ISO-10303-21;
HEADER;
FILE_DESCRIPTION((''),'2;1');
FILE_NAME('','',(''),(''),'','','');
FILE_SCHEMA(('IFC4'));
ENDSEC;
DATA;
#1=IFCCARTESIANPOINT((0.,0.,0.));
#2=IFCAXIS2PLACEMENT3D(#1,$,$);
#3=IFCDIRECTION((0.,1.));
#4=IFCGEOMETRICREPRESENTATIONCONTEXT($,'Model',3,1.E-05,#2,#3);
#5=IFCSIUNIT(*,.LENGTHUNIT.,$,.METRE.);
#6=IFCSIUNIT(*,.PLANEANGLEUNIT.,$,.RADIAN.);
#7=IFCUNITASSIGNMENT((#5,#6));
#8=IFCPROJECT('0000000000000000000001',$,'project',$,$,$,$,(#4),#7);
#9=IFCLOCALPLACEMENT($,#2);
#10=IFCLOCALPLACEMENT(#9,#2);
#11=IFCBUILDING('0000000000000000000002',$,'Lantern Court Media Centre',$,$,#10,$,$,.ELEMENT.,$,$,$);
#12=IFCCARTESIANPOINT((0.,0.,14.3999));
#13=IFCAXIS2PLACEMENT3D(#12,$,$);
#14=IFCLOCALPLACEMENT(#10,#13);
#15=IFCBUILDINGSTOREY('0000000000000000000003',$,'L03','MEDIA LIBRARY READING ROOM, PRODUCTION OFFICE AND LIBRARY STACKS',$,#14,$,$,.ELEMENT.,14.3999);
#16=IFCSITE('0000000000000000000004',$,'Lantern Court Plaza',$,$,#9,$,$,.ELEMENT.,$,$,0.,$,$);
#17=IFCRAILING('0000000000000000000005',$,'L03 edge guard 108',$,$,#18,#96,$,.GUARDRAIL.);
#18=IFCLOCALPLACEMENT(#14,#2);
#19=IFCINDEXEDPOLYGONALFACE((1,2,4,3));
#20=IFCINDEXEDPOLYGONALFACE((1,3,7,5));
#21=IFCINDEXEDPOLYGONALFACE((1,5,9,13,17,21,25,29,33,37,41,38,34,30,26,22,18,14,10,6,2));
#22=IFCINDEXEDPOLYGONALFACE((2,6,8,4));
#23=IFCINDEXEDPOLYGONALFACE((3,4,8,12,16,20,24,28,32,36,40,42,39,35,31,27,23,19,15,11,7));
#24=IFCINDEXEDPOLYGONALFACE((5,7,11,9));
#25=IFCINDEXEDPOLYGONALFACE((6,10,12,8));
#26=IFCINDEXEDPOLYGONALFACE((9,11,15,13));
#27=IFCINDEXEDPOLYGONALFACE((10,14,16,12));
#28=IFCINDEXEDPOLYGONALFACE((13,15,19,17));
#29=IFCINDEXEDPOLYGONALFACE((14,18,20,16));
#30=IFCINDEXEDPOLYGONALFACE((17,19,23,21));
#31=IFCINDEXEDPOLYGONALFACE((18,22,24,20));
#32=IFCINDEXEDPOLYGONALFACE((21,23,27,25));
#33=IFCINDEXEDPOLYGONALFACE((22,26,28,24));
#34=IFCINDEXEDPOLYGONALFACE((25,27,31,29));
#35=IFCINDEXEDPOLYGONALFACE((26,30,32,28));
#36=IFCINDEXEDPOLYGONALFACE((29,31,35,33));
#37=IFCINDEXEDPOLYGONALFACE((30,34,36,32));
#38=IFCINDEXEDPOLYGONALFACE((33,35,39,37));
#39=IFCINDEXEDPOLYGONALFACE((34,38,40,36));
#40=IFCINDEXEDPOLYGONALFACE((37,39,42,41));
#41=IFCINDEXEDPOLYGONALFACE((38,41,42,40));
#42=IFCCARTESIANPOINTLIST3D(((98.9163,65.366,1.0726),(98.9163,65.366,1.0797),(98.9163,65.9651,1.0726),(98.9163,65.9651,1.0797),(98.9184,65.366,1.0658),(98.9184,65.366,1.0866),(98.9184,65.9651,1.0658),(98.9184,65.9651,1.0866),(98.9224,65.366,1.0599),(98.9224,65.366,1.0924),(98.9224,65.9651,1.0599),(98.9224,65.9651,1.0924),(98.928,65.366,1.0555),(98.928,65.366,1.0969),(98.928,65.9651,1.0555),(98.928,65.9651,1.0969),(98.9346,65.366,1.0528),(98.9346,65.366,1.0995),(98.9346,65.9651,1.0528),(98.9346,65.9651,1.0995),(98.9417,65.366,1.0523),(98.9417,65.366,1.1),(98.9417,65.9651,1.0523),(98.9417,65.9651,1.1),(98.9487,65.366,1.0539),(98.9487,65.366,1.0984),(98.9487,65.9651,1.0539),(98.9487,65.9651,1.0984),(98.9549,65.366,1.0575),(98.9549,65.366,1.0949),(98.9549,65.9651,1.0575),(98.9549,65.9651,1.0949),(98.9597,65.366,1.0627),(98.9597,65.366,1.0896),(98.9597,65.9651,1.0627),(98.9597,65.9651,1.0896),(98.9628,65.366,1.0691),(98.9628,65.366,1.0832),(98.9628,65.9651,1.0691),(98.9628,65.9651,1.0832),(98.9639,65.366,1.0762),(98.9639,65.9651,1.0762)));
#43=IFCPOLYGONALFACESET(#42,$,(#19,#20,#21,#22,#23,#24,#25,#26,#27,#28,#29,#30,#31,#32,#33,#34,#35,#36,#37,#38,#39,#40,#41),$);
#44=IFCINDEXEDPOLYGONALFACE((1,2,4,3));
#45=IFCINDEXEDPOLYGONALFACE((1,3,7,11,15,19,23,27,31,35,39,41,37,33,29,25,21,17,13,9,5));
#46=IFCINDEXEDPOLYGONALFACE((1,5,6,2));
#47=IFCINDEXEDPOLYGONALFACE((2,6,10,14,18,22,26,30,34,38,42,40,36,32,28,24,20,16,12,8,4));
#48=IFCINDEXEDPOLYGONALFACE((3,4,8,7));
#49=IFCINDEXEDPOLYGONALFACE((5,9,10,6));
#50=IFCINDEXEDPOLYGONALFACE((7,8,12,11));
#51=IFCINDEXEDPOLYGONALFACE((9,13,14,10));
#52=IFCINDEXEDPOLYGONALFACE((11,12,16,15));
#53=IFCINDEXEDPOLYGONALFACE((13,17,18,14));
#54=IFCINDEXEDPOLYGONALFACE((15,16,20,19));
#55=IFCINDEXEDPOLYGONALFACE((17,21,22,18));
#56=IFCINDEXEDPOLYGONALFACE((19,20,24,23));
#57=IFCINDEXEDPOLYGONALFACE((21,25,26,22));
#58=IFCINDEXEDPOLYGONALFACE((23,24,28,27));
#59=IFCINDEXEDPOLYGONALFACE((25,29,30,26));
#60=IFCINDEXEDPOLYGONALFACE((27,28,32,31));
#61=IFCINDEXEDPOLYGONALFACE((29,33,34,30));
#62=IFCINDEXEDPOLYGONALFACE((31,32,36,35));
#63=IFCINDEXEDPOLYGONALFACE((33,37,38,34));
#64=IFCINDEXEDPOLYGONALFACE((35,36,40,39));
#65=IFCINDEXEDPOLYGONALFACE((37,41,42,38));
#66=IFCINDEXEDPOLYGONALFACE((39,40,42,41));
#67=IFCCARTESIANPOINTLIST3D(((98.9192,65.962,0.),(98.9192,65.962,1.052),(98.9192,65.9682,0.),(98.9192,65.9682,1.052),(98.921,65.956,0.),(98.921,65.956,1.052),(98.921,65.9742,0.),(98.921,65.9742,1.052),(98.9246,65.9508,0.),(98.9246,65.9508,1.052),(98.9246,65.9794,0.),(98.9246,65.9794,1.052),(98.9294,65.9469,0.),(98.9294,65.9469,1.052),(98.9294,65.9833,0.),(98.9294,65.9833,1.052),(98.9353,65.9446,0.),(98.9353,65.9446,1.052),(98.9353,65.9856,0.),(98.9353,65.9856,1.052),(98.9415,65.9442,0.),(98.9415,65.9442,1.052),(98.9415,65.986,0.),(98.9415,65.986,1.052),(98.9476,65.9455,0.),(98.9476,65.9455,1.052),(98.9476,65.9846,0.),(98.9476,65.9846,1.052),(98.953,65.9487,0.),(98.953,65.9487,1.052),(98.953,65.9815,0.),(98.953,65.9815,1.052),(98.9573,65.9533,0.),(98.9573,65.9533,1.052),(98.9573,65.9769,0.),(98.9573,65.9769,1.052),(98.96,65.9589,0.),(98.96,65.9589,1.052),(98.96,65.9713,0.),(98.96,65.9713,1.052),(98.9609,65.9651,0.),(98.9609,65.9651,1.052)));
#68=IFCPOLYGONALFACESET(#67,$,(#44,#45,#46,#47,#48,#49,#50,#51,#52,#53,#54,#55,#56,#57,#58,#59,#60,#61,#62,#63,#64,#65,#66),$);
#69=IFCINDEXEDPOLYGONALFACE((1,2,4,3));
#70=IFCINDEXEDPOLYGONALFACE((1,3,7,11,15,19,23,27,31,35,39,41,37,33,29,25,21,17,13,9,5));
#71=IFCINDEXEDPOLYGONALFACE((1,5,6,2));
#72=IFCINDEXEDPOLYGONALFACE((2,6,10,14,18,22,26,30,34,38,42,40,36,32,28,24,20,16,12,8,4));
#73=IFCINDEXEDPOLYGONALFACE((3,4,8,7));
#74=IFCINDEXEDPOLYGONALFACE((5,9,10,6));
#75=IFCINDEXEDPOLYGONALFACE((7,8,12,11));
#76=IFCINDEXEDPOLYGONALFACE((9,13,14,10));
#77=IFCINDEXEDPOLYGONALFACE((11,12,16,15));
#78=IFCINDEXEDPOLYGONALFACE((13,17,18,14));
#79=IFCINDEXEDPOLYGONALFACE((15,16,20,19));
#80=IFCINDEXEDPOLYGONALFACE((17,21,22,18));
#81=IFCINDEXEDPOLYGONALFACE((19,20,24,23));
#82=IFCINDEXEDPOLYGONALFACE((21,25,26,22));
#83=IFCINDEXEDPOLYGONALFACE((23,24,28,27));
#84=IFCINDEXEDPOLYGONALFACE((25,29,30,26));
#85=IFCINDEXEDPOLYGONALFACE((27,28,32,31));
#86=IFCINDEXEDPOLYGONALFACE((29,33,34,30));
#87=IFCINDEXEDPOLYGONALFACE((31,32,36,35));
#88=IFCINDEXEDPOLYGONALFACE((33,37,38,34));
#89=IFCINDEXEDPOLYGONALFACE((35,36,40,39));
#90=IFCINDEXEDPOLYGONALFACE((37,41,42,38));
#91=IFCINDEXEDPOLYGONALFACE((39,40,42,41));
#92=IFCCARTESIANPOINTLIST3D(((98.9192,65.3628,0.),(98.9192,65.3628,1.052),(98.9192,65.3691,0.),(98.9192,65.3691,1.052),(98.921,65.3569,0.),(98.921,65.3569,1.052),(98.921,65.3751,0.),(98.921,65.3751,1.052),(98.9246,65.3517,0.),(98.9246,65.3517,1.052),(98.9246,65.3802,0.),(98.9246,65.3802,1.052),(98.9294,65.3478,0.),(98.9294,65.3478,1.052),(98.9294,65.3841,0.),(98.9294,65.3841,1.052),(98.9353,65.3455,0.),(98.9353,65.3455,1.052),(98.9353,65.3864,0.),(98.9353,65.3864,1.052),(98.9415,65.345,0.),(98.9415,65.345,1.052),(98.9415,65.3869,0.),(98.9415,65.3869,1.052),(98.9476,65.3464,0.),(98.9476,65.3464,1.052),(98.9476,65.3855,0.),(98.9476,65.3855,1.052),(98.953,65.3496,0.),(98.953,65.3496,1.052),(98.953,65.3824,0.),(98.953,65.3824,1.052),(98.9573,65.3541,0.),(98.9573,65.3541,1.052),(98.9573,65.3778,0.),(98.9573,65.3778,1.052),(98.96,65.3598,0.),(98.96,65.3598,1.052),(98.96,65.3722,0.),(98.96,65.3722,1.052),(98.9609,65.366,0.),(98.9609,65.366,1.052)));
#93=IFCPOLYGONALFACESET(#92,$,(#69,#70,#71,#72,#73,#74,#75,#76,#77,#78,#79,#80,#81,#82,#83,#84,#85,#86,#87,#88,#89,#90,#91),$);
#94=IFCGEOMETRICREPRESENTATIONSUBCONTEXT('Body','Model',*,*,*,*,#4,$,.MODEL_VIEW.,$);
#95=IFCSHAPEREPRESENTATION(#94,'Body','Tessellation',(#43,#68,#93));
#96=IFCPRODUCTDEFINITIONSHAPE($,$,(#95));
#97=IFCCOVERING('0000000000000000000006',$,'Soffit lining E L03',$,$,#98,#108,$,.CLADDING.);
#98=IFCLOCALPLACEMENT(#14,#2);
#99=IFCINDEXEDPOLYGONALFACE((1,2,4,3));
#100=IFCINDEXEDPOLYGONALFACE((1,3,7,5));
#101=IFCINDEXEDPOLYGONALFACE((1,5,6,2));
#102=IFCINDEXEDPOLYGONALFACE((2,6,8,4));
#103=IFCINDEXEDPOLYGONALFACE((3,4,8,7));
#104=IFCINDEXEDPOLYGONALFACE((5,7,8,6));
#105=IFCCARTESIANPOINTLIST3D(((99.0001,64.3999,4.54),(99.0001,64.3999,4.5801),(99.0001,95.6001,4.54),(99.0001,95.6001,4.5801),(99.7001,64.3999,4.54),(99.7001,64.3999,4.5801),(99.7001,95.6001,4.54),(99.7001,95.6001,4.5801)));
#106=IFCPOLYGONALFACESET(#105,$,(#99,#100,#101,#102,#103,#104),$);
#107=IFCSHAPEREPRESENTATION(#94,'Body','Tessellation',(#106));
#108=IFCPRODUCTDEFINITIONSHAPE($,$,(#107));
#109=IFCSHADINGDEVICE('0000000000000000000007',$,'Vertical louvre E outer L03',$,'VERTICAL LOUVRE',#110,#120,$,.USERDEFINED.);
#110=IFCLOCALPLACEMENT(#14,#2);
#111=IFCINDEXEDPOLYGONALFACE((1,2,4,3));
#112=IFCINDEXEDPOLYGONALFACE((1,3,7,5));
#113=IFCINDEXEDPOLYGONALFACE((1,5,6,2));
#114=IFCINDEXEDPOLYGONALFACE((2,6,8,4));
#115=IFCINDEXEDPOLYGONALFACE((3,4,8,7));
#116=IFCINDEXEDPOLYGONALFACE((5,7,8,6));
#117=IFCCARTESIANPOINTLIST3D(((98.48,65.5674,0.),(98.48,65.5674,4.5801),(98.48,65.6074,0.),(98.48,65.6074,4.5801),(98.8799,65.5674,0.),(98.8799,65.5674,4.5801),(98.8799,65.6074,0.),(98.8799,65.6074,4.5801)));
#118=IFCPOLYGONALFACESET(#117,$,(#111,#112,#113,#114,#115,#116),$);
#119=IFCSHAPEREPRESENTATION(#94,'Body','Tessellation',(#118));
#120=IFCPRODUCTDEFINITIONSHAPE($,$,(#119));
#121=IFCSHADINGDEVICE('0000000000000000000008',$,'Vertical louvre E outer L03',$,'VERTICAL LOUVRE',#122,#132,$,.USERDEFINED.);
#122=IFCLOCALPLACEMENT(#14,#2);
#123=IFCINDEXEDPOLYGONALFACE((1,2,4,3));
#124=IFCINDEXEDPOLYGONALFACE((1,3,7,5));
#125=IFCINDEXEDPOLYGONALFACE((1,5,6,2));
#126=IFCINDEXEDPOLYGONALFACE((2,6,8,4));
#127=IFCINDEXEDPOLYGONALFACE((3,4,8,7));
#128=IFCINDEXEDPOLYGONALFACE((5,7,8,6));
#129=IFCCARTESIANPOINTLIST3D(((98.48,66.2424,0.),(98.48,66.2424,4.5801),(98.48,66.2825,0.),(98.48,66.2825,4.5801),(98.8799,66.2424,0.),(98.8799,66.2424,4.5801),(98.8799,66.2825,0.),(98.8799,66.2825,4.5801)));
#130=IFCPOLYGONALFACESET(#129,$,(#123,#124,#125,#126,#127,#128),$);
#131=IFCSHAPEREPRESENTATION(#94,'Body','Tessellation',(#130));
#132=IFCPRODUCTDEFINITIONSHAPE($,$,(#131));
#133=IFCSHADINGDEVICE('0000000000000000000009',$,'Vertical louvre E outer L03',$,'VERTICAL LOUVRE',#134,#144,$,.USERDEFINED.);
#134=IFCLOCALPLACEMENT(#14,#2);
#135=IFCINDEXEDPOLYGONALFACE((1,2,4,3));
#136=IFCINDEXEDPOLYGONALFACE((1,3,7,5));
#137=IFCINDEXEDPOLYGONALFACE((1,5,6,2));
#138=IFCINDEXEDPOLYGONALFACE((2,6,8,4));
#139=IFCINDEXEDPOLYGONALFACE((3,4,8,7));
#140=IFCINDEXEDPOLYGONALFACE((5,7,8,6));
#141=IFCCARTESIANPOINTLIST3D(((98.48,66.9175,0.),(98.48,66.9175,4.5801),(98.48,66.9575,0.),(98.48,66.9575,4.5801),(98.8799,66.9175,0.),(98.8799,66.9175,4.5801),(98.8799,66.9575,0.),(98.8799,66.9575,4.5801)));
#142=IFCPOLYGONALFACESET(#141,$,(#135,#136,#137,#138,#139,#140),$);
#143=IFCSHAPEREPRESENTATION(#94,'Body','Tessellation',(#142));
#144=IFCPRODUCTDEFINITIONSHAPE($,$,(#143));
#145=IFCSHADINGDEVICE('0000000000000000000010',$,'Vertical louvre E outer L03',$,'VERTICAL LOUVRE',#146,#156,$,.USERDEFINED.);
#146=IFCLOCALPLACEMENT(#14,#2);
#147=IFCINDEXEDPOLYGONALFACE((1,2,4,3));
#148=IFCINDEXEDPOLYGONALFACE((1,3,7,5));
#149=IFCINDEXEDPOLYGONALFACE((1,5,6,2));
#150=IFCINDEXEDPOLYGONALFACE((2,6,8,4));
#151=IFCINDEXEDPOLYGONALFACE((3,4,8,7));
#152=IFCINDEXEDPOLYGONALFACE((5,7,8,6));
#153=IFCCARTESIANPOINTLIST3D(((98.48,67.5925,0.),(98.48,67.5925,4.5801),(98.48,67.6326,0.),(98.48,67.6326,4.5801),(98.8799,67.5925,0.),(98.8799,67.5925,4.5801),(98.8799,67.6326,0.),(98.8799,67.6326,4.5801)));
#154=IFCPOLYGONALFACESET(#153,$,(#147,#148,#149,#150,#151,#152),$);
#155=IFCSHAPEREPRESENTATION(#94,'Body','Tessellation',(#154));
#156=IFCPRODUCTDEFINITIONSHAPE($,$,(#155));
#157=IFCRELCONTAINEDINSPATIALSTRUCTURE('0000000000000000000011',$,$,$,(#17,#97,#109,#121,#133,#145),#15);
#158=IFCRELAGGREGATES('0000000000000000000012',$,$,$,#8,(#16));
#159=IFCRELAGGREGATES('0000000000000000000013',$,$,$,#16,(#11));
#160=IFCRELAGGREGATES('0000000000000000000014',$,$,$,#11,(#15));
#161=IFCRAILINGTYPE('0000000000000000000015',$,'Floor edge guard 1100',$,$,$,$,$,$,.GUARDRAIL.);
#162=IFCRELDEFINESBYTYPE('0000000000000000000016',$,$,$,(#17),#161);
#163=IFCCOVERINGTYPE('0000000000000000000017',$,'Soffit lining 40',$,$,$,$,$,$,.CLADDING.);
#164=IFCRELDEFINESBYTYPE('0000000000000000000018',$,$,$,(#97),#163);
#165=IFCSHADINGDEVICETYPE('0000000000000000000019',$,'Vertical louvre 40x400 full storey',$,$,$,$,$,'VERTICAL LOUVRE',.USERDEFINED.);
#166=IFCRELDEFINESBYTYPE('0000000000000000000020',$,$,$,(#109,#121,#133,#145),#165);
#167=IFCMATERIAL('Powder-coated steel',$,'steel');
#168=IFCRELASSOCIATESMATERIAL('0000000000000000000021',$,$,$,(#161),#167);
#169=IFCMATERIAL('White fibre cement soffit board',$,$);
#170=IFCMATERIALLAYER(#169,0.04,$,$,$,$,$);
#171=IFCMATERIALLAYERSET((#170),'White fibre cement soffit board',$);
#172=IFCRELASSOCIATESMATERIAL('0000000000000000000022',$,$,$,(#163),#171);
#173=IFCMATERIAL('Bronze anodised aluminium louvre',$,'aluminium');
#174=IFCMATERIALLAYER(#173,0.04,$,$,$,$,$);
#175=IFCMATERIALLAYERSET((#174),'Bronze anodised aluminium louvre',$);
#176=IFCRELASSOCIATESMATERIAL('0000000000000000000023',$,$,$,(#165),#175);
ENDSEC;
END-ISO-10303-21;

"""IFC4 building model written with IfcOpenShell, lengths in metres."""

from ifc_helpers import new_model, si_unit, direction, frame, frame_2d, origin, origin_2d, place, context, subcontext, project, spatial, rectangle, circle, extrude, material, layer, layer_set, type_object, element, save


model = new_model("IFC4")

# Units and contexts
model_context = context("Model", 3, precision=1e-05, world=origin(), true_north=direction((0.0, 1.0)))
body_context = subcontext(model_context, "Body", "Model", "MODEL_VIEW")
ifc_project = project(units=[si_unit("LENGTHUNIT", "METRE"), si_unit("PLANEANGLEUNIT", "RADIAN")], contexts=[model_context])

# Site, building, storey
site_placement = place(None, origin())
site = spatial("IfcSite", under=ifc_project, at=site_placement, Name="Lantern Court Plaza", CompositionType="ELEMENT", RefElevation=0.0)
building_placement = place(site_placement, origin())
building = spatial("IfcBuilding", under=site, at=building_placement, Name="Lantern Court Media Centre", CompositionType="ELEMENT")
storey_placement = place(building_placement, frame((0.0, 0.0, 14.3999)))
storey = spatial("IfcBuildingStorey", under=building, at=storey_placement, Name="L03", Description="MEDIA LIBRARY READING ROOM, PRODUCTION OFFICE AND LIBRARY STACKS", CompositionType="ELEMENT", Elevation=14.3999)

# Railing
ifc_material_1 = material(Name="Powder-coated steel", Category="steel")
railing_type = type_object("IfcRailingType", Name="Floor edge guard 1100", PredefinedType="GUARDRAIL", material=ifc_material_1)
railing_1_placement = place(storey_placement, frame((98.9399, 65.9651, 0.0)))
element("IfcRailing", 1, at=railing_1_placement, inside=storey, type_object=railing_type, Name="L03 edge guard 108", PredefinedType="GUARDRAIL", context=body_context, shape_type="SweptSolid", body=[
    extrude(circle(Radius=0.0239, at=origin_2d()), frame((0.0, 0.0, 1.0762), z_axis=(0.0, -1.0, 0.0), x_axis=(1.0, 0.0, 0.0)), (0.0, 0.0, 1.0), 0.5991),
    extrude(circle(Radius=0.021, at=origin_2d()), origin(), (0.0, 0.0, 1.0), 1.052),
    extrude(circle(Radius=0.021, at=origin_2d()), frame((0.0, -0.5991, 0.0)), (0.0, 0.0, 1.0), 1.052),
])

# Covering
ifc_material_2 = material(Name="White fibre cement soffit board")
ifc_layer_1 = layer(ifc_material_2, 0.04)
ifc_layer_set_1 = layer_set([ifc_layer_1], Name="White fibre cement soffit board")
covering_type = type_object("IfcCoveringType", Name="Soffit lining 40", PredefinedType="CLADDING", material=ifc_layer_set_1)
covering_placement = place(storey_placement, frame((99.3501, 64.3999, 4.54), z_axis=(0.0, 0.0, 1.0), x_axis=(0.0, 1.0, 0.0)))
element("IfcCovering", 2, at=covering_placement, inside=storey, type_object=covering_type, Name="Soffit lining E L03", PredefinedType="CLADDING", context=body_context, shape_type="SweptSolid", body=[
    extrude(rectangle(XDim=31.2002, YDim=0.7, at=frame_2d((15.6001, 0.0))), origin(), (0.0, 0.0, 1.0), 0.04),
])

# Shading devices
ifc_material_3 = material(Name="Bronze anodised aluminium louvre", Category="aluminium")
ifc_layer_2 = layer(ifc_material_3, 0.04)
ifc_layer_set_2 = layer_set([ifc_layer_2], Name="Bronze anodised aluminium louvre")
shading_device_type = type_object("IfcShadingDeviceType", Name="Vertical louvre 40x400 full storey", ElementType="VERTICAL LOUVRE", PredefinedType="USERDEFINED", material=ifc_layer_set_2)
for number, where, z_axis, x_axis, name in (
    (3, (98.6799, 65.5874, 0.0), (0.0, 0.0, 1.0), (1.0, 0.0, 0.0), "Vertical louvre E outer L03"),
    (4, (98.6799, 66.2625, 0.0), (0.0, 0.0, 1.0), (1.0, 0.0, 0.0), "Vertical louvre E outer L03"),
    (5, (98.6799, 66.9375, 0.0), (0.0, 0.0, 1.0), (1.0, 0.0, 0.0), "Vertical louvre E outer L03"),
    (6, (98.6799, 67.6125, 0.0), (0.0, 0.0, 1.0), (1.0, 0.0, 0.0), "Vertical louvre E outer L03"),
):
    element("IfcShadingDevice", number, at=place(storey_placement, frame(where, z_axis=z_axis, x_axis=x_axis)), inside=storey, type_object=shading_device_type, Name=name, ObjectType="VERTICAL LOUVRE", PredefinedType="USERDEFINED", context=body_context, shape_type="SweptSolid", body=[
        extrude(rectangle(XDim=0.3999, YDim=0.04, at=origin_2d()), origin(), (0.0, 0.0, 1.0), 4.5801),
    ])

save(model, "model.ifc")
